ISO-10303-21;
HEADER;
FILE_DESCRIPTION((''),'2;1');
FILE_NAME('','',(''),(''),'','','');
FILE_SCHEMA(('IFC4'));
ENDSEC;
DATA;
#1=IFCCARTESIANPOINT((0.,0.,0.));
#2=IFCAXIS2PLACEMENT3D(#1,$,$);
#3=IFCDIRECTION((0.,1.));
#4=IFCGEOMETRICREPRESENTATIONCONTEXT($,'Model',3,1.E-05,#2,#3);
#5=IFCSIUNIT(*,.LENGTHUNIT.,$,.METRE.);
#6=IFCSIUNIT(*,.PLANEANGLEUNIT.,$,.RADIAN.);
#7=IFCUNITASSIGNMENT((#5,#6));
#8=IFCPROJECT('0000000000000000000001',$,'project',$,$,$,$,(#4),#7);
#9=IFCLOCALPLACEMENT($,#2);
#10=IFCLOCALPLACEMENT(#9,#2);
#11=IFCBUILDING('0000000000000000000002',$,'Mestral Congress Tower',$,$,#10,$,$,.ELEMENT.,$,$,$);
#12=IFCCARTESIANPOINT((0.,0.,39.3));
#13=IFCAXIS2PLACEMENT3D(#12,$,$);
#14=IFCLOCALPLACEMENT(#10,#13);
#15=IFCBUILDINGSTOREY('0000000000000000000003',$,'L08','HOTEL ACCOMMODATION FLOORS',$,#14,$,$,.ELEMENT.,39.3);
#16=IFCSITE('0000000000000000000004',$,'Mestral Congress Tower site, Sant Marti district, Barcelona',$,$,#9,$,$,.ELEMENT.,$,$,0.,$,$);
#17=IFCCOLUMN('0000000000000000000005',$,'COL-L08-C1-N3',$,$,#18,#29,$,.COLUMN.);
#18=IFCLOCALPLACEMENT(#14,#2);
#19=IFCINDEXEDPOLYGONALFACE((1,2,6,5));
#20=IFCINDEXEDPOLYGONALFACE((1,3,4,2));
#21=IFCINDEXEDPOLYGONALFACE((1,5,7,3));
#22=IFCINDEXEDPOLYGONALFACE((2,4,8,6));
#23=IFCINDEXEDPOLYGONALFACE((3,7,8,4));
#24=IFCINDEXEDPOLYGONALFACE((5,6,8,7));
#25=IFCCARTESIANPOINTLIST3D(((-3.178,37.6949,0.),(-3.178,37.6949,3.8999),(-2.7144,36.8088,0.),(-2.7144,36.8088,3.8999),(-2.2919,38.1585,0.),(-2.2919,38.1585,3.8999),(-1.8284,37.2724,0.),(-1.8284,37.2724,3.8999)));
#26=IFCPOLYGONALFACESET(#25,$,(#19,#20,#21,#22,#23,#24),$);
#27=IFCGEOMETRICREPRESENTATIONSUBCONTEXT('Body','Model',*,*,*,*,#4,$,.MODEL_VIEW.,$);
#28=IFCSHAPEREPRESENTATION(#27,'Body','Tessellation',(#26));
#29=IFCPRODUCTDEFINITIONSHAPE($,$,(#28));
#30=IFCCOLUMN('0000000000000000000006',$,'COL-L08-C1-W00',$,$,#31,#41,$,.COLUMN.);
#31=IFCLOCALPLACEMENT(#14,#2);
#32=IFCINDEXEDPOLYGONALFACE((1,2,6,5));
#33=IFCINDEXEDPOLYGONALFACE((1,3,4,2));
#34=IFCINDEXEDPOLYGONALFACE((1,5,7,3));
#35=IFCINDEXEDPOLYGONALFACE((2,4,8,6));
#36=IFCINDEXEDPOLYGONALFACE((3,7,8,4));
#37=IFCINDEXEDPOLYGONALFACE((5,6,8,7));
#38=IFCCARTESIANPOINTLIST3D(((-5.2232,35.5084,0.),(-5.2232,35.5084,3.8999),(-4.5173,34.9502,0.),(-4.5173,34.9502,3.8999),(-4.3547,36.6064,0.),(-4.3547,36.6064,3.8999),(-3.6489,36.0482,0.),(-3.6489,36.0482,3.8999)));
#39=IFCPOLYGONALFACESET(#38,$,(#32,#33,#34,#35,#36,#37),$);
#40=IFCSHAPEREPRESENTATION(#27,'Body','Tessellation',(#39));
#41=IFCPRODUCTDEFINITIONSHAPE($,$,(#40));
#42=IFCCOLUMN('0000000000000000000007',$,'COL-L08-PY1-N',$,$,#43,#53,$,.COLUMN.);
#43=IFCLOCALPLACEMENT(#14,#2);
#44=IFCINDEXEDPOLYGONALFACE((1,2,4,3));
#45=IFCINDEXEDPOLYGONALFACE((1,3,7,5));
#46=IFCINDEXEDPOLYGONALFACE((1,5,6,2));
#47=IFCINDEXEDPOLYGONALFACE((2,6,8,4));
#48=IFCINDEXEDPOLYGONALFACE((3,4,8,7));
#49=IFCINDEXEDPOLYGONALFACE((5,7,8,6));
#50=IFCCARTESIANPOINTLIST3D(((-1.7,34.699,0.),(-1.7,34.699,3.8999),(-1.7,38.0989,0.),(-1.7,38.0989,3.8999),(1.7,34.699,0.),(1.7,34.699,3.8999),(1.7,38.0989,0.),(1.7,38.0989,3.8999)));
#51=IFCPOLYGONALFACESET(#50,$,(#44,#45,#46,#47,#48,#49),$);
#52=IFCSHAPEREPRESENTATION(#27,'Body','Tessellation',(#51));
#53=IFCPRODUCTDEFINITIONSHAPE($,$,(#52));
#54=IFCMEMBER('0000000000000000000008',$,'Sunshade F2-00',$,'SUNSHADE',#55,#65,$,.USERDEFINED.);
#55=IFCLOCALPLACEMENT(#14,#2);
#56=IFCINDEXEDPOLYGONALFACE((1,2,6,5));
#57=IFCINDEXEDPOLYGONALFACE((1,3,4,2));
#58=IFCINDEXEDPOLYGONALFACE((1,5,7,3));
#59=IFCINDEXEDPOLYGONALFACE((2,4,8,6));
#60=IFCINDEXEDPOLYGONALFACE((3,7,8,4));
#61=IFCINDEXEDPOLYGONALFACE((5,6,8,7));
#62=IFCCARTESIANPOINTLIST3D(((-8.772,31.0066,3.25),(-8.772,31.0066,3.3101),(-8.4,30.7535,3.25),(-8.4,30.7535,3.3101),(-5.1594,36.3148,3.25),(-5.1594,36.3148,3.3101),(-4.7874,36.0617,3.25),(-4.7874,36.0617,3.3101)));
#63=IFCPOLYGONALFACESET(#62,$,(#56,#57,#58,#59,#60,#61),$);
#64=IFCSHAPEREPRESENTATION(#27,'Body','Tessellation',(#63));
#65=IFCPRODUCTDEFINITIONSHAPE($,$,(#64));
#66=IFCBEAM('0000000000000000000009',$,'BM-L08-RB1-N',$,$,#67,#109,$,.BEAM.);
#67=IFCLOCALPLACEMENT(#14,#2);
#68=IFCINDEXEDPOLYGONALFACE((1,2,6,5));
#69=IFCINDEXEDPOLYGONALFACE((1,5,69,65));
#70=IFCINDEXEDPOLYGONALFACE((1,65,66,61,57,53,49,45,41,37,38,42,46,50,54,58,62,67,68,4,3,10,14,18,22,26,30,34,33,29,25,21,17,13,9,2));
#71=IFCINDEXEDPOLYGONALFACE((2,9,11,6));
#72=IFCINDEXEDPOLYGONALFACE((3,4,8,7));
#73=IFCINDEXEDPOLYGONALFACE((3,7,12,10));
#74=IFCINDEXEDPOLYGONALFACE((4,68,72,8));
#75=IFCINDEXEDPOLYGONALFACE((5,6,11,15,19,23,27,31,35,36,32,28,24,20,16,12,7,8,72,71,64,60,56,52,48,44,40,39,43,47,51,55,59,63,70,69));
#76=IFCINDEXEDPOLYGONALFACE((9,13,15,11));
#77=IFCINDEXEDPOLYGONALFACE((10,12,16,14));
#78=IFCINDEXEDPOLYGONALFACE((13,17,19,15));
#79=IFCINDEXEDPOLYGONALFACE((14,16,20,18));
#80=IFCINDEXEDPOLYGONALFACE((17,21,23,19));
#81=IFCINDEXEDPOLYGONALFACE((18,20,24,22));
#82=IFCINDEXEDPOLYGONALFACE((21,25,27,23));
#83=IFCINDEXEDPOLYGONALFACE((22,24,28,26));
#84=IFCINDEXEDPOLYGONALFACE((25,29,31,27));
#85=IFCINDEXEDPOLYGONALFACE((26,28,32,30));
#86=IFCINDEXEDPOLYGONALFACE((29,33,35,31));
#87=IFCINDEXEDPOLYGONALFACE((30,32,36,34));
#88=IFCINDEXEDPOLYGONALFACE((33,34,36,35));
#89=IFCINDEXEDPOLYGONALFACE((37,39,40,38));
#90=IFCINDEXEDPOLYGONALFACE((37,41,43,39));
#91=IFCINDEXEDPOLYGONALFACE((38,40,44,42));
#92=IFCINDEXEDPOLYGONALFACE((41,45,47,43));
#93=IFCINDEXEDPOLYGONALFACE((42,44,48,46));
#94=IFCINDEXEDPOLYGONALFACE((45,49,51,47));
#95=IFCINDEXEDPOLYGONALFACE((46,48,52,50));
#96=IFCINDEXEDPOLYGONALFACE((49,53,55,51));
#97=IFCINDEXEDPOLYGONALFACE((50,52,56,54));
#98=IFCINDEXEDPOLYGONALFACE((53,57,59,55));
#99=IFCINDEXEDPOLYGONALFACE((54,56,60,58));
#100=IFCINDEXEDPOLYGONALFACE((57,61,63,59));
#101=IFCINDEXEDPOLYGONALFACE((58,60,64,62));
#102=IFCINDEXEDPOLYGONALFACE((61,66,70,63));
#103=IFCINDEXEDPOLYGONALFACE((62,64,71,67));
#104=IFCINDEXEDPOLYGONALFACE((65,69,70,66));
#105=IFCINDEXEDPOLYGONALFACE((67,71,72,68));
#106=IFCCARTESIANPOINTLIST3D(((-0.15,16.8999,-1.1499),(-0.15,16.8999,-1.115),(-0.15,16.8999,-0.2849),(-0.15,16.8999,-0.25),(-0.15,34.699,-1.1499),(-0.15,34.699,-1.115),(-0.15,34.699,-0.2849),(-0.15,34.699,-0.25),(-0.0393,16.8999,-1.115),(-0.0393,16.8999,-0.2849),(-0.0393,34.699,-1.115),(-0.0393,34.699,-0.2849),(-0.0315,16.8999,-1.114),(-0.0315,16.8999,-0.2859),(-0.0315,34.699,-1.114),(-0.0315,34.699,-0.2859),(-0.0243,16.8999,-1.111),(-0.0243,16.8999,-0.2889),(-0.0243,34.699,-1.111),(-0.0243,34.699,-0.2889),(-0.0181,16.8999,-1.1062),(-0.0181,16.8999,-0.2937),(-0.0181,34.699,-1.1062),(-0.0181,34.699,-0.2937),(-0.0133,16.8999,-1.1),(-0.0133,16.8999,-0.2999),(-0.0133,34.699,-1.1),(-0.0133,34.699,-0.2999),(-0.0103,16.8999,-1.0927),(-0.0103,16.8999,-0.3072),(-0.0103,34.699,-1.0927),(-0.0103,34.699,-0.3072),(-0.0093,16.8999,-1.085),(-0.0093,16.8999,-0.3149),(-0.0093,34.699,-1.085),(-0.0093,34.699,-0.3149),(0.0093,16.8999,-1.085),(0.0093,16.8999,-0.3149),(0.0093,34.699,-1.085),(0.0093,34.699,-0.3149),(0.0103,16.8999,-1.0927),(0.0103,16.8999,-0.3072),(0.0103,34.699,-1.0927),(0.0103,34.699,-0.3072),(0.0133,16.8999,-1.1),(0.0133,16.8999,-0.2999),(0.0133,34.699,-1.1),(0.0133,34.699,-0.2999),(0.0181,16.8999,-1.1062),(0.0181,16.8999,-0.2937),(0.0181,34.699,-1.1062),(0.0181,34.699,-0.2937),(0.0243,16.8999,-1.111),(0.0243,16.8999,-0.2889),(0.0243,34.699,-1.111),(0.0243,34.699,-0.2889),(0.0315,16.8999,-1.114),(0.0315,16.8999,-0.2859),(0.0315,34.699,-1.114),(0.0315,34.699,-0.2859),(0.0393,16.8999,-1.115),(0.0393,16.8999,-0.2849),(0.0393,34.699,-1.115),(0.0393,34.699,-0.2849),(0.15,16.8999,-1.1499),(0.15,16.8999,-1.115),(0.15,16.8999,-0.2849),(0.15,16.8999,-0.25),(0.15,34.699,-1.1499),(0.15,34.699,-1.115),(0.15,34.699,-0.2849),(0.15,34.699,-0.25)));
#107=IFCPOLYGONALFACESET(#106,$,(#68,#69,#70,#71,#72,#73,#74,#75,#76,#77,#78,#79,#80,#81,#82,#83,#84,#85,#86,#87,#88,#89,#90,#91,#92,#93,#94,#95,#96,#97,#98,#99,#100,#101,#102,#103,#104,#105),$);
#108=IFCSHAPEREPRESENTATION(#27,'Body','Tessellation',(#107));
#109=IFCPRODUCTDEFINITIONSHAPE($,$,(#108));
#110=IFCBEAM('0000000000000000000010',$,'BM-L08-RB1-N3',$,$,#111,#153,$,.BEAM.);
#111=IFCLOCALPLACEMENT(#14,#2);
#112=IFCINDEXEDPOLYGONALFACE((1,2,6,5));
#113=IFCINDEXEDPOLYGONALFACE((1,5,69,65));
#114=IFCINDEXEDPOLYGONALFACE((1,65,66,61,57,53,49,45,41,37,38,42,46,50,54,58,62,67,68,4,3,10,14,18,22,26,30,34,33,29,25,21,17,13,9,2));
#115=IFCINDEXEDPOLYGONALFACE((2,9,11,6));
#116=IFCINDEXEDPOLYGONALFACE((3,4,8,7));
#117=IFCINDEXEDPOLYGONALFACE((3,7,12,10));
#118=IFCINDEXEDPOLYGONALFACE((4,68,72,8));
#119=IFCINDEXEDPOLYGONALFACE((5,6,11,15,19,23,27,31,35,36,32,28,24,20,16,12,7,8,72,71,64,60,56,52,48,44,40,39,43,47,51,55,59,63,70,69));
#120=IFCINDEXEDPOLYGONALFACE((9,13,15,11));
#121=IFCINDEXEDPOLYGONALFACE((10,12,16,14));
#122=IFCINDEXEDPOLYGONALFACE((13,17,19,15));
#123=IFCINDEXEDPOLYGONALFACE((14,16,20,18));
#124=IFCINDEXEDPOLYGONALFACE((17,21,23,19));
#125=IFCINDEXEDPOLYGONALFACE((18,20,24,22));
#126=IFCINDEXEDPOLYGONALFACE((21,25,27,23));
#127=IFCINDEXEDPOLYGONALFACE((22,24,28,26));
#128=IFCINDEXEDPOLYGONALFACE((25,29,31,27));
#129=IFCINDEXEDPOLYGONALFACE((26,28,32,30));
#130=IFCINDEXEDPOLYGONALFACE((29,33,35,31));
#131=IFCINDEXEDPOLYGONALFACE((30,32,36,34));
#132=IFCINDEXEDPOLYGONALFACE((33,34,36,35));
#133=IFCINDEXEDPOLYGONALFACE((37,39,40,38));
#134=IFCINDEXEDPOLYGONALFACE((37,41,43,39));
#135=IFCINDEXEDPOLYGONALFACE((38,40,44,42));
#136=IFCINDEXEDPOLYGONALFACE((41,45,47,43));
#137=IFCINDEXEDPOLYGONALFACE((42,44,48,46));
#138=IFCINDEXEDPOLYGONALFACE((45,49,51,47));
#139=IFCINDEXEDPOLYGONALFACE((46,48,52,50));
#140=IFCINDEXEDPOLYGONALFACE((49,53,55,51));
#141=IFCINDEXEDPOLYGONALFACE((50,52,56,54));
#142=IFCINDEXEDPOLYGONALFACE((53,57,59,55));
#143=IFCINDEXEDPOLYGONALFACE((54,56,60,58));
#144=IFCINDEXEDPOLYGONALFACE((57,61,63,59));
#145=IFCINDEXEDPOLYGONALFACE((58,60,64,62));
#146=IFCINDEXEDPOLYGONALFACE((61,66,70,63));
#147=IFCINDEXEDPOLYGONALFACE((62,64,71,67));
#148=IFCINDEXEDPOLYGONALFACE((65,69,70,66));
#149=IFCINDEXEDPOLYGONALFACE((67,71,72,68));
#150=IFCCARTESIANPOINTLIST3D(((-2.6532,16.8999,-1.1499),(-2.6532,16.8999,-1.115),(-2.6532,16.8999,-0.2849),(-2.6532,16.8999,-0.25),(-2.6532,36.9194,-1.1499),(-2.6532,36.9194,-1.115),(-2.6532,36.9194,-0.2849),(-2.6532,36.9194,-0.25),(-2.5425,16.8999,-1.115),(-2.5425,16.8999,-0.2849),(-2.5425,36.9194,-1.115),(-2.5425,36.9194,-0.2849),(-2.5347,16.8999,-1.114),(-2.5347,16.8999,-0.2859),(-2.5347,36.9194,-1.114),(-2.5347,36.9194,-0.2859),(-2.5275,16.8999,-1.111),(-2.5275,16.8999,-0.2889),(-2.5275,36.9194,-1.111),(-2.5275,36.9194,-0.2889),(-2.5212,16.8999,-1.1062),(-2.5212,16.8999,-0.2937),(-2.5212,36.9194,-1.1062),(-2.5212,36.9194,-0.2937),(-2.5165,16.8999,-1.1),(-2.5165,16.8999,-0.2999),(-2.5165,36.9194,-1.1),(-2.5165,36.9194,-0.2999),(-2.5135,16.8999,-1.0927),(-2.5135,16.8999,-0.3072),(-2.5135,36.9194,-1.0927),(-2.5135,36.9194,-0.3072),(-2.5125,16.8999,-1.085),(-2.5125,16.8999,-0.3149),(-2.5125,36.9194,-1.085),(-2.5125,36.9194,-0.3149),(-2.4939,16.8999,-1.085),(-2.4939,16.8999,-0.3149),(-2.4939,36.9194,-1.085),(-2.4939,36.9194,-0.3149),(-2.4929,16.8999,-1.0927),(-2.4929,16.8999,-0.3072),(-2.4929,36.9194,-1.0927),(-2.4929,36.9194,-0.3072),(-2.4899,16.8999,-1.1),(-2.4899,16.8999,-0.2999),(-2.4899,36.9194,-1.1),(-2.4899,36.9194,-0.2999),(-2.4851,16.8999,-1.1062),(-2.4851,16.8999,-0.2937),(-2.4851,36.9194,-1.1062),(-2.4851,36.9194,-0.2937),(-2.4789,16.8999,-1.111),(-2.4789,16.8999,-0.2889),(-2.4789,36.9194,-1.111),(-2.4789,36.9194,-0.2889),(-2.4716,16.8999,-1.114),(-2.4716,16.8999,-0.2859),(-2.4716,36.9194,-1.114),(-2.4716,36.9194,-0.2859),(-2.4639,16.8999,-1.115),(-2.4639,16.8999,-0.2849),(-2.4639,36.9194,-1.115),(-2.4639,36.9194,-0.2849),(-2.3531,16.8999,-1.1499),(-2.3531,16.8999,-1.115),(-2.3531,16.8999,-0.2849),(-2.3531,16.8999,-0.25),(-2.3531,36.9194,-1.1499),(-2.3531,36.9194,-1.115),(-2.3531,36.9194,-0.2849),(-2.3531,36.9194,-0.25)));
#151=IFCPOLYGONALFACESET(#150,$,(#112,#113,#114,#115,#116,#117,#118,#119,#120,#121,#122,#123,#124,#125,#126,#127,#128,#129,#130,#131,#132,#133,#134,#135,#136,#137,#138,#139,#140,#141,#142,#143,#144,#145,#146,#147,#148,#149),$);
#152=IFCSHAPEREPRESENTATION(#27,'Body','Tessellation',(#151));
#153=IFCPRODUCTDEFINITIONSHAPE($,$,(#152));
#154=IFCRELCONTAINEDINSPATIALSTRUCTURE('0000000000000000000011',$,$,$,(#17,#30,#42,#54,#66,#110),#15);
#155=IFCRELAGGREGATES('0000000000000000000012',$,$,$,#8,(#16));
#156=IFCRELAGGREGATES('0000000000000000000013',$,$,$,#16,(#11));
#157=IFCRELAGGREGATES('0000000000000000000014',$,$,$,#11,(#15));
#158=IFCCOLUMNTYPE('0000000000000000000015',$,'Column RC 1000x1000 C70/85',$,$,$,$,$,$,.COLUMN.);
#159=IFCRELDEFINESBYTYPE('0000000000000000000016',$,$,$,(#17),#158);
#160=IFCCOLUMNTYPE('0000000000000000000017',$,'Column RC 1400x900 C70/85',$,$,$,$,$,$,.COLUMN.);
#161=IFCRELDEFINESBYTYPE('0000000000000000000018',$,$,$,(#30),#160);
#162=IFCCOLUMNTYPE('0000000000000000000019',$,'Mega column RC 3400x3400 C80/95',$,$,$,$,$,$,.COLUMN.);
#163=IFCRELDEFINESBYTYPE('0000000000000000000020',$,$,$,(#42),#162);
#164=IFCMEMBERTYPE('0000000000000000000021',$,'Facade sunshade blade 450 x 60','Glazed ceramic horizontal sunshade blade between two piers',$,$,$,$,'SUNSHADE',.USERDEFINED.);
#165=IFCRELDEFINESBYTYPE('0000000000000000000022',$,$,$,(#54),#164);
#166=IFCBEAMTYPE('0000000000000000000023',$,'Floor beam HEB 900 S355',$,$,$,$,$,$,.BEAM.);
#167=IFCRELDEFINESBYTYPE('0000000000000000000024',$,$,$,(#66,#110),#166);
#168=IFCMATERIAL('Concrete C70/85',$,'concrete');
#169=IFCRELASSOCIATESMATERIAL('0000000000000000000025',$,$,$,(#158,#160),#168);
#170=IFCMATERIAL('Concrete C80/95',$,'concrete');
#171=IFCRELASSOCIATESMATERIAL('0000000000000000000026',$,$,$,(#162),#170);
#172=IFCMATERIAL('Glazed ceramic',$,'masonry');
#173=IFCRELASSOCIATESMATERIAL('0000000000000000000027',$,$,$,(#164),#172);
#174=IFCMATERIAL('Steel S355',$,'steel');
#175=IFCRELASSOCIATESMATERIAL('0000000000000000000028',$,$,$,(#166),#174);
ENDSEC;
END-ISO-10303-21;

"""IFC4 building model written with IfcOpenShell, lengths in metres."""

from ifc_helpers import new_model, si_unit, direction, frame, origin, origin_2d, place, context, subcontext, project, spatial, rectangle, i_section, extrude, material, material_profile, profile_set, type_object, element, save


model = new_model("IFC4")

# Units and contexts
model_context = context("Model", 3, precision=1e-05, world=origin(), true_north=direction((0.0, 1.0)))
body_context = subcontext(model_context, "Body", "Model", "MODEL_VIEW")
ifc_project = project(units=[si_unit("LENGTHUNIT", "METRE"), si_unit("PLANEANGLEUNIT", "RADIAN")], contexts=[model_context])

# Site, building, storey
site_placement = place(None, origin())
site = spatial("IfcSite", under=ifc_project, at=site_placement, Name="Mestral Congress Tower site, Sant Marti district, Barcelona", CompositionType="ELEMENT", RefElevation=0.0)
building_placement = place(site_placement, origin())
building = spatial("IfcBuilding", under=site, at=building_placement, Name="Mestral Congress Tower", CompositionType="ELEMENT")
storey_placement = place(building_placement, frame((0.0, 0.0, 39.3)))
storey = spatial("IfcBuildingStorey", under=building, at=storey_placement, Name="L08", Description="HOTEL ACCOMMODATION FLOORS", CompositionType="ELEMENT", Elevation=39.3)

# Columns
ifc_material_1 = material(Name="Concrete C70/85", Category="concrete")
ifc_material_profile_1 = material_profile(ifc_material_1, rectangle(XDim=1.0, YDim=1.0, at=origin_2d()), Name="RC 1000x1000")
ifc_profile_set_1 = profile_set([ifc_material_profile_1], Name="Concrete C70/85")
column_type_1 = type_object("IfcColumnType", Name="Column RC 1000x1000 C70/85", PredefinedType="COLUMN", material=ifc_profile_set_1)
column_1_placement = place(storey_placement, frame((-2.5032, 37.4836, 0.0), z_axis=(0.0, 0.0, 1.0), x_axis=(-0.886068, -0.463556, 0.0)))
element("IfcColumn", 1, at=column_1_placement, inside=storey, type_object=column_type_1, Name="COL-L08-C1-N3", PredefinedType="COLUMN", context=body_context, shape_type="SweptSolid", body=[
    extrude(rectangle(XDim=1.0, YDim=1.0, at=origin_2d()), origin(), (0.0, 0.0, 1.0), 3.8999),
])
ifc_material_profile_2 = material_profile(ifc_material_1, rectangle(XDim=1.3999, YDim=0.8999, at=origin_2d()), Name="RC 1400x900")
ifc_profile_set_2 = profile_set([ifc_material_profile_2], Name="Concrete C70/85")
column_type_2 = type_object("IfcColumnType", Name="Column RC 1400x900 C70/85", PredefinedType="COLUMN", material=ifc_profile_set_2)
column_2_placement = place(storey_placement, frame((-4.436, 35.7783, 0.0), z_axis=(0.0, 0.0, 1.0), x_axis=(-0.620334, -0.784338, 0.0)))
element("IfcColumn", 2, at=column_2_placement, inside=storey, type_object=column_type_2, Name="COL-L08-C1-W00", PredefinedType="COLUMN", context=body_context, shape_type="SweptSolid", body=[
    extrude(rectangle(XDim=1.3999, YDim=0.8999, at=origin_2d()), origin(), (0.0, 0.0, 1.0), 3.8999),
])
ifc_material_2 = material(Name="Concrete C80/95", Category="concrete")
ifc_material_profile_3 = material_profile(ifc_material_2, rectangle(XDim=3.3999, YDim=3.3999, at=origin_2d()), Name="RC 3400x3400")
ifc_profile_set_3 = profile_set([ifc_material_profile_3], Name="Concrete C80/95")
column_type_3 = type_object("IfcColumnType", Name="Mega column RC 3400x3400 C80/95", PredefinedType="COLUMN", material=ifc_profile_set_3)
column_3_placement = place(storey_placement, frame((0.0, 36.3989, 0.0), z_axis=(0.0, 0.0, 1.0), x_axis=(0.0, 1.0, 0.0)))
element("IfcColumn", 3, at=column_3_placement, inside=storey, type_object=column_type_3, Name="COL-L08-PY1-N", PredefinedType="COLUMN", context=body_context, shape_type="SweptSolid", body=[
    extrude(rectangle(XDim=3.3999, YDim=3.3999, at=origin_2d()), origin(), (0.0, 0.0, 1.0), 3.8999),
])

# Member
ifc_material_3 = material(Name="Glazed ceramic", Category="masonry")
ifc_material_profile_4 = material_profile(ifc_material_3, rectangle(XDim=0.45, YDim=0.0601, at=origin_2d()), Name="Ceramic blade 450 x 60")
ifc_profile_set_4 = profile_set([ifc_material_profile_4], Name="Glazed ceramic")
member_type = type_object("IfcMemberType", Name="Facade sunshade blade 450 x 60", Description="Glazed ceramic horizontal sunshade blade between two piers", ElementType="SUNSHADE", PredefinedType="USERDEFINED", material=ifc_profile_set_4)
member_placement = place(storey_placement, frame((-4.9734, 36.1882, 3.28), z_axis=(-0.562633, -0.826706, 0.0), x_axis=(0.826706, -0.562633, 0.0)))
element("IfcMember", 4, at=member_placement, inside=storey, type_object=member_type, Name="Sunshade F2-00", ObjectType="SUNSHADE", PredefinedType="USERDEFINED", context=body_context, shape_type="SweptSolid", body=[
    extrude(rectangle(XDim=0.45, YDim=0.0601, at=origin_2d()), origin(), (0.0, 0.0, 1.0), 6.4209),
])

# Beams
ifc_material_4 = material(Name="Steel S355", Category="steel")
ifc_material_profile_5 = material_profile(ifc_material_4, i_section(OverallWidth=0.3, OverallDepth=0.8999, WebThickness=0.0186, FlangeThickness=0.0349, FilletRadius=0.03, at=origin_2d()), Name="HEB 900")
ifc_profile_set_5 = profile_set([ifc_material_profile_5], Name="Steel S355")
beam_type_1 = type_object("IfcBeamType", Name="Floor beam HEB 900 S355", PredefinedType="BEAM", material=ifc_profile_set_5)
beam_1_placement = place(storey_placement, frame((0.0, 34.699, -0.7), z_axis=(0.0, -1.0, 0.0), x_axis=(1.0, 0.0, 0.0)))
element("IfcBeam", 5, at=beam_1_placement, inside=storey, type_object=beam_type_1, Name="BM-L08-RB1-N", PredefinedType="BEAM", context=body_context, shape_type="SweptSolid", body=[
    extrude(i_section(OverallWidth=0.3, OverallDepth=0.8999, WebThickness=0.0186, FlangeThickness=0.0349, FilletRadius=0.03, at=origin_2d()), origin(), (0.0, 0.0, 1.0), 17.7991),
])
beam_2_placement = place(storey_placement, frame((-2.5032, 36.9194, -0.7), z_axis=(0.0, -1.0, 0.0), x_axis=(1.0, 0.0, 0.0)))
element("IfcBeam", 6, at=beam_2_placement, inside=storey, type_object=beam_type_1, Name="BM-L08-RB1-N3", PredefinedType="BEAM", context=body_context, shape_type="SweptSolid", body=[
    extrude(i_section(OverallWidth=0.3, OverallDepth=0.8999, WebThickness=0.0186, FlangeThickness=0.0349, FilletRadius=0.03, at=origin_2d()), origin(), (0.0, 0.0, 1.0), 20.0195),
])

save(model, "model.ifc")
